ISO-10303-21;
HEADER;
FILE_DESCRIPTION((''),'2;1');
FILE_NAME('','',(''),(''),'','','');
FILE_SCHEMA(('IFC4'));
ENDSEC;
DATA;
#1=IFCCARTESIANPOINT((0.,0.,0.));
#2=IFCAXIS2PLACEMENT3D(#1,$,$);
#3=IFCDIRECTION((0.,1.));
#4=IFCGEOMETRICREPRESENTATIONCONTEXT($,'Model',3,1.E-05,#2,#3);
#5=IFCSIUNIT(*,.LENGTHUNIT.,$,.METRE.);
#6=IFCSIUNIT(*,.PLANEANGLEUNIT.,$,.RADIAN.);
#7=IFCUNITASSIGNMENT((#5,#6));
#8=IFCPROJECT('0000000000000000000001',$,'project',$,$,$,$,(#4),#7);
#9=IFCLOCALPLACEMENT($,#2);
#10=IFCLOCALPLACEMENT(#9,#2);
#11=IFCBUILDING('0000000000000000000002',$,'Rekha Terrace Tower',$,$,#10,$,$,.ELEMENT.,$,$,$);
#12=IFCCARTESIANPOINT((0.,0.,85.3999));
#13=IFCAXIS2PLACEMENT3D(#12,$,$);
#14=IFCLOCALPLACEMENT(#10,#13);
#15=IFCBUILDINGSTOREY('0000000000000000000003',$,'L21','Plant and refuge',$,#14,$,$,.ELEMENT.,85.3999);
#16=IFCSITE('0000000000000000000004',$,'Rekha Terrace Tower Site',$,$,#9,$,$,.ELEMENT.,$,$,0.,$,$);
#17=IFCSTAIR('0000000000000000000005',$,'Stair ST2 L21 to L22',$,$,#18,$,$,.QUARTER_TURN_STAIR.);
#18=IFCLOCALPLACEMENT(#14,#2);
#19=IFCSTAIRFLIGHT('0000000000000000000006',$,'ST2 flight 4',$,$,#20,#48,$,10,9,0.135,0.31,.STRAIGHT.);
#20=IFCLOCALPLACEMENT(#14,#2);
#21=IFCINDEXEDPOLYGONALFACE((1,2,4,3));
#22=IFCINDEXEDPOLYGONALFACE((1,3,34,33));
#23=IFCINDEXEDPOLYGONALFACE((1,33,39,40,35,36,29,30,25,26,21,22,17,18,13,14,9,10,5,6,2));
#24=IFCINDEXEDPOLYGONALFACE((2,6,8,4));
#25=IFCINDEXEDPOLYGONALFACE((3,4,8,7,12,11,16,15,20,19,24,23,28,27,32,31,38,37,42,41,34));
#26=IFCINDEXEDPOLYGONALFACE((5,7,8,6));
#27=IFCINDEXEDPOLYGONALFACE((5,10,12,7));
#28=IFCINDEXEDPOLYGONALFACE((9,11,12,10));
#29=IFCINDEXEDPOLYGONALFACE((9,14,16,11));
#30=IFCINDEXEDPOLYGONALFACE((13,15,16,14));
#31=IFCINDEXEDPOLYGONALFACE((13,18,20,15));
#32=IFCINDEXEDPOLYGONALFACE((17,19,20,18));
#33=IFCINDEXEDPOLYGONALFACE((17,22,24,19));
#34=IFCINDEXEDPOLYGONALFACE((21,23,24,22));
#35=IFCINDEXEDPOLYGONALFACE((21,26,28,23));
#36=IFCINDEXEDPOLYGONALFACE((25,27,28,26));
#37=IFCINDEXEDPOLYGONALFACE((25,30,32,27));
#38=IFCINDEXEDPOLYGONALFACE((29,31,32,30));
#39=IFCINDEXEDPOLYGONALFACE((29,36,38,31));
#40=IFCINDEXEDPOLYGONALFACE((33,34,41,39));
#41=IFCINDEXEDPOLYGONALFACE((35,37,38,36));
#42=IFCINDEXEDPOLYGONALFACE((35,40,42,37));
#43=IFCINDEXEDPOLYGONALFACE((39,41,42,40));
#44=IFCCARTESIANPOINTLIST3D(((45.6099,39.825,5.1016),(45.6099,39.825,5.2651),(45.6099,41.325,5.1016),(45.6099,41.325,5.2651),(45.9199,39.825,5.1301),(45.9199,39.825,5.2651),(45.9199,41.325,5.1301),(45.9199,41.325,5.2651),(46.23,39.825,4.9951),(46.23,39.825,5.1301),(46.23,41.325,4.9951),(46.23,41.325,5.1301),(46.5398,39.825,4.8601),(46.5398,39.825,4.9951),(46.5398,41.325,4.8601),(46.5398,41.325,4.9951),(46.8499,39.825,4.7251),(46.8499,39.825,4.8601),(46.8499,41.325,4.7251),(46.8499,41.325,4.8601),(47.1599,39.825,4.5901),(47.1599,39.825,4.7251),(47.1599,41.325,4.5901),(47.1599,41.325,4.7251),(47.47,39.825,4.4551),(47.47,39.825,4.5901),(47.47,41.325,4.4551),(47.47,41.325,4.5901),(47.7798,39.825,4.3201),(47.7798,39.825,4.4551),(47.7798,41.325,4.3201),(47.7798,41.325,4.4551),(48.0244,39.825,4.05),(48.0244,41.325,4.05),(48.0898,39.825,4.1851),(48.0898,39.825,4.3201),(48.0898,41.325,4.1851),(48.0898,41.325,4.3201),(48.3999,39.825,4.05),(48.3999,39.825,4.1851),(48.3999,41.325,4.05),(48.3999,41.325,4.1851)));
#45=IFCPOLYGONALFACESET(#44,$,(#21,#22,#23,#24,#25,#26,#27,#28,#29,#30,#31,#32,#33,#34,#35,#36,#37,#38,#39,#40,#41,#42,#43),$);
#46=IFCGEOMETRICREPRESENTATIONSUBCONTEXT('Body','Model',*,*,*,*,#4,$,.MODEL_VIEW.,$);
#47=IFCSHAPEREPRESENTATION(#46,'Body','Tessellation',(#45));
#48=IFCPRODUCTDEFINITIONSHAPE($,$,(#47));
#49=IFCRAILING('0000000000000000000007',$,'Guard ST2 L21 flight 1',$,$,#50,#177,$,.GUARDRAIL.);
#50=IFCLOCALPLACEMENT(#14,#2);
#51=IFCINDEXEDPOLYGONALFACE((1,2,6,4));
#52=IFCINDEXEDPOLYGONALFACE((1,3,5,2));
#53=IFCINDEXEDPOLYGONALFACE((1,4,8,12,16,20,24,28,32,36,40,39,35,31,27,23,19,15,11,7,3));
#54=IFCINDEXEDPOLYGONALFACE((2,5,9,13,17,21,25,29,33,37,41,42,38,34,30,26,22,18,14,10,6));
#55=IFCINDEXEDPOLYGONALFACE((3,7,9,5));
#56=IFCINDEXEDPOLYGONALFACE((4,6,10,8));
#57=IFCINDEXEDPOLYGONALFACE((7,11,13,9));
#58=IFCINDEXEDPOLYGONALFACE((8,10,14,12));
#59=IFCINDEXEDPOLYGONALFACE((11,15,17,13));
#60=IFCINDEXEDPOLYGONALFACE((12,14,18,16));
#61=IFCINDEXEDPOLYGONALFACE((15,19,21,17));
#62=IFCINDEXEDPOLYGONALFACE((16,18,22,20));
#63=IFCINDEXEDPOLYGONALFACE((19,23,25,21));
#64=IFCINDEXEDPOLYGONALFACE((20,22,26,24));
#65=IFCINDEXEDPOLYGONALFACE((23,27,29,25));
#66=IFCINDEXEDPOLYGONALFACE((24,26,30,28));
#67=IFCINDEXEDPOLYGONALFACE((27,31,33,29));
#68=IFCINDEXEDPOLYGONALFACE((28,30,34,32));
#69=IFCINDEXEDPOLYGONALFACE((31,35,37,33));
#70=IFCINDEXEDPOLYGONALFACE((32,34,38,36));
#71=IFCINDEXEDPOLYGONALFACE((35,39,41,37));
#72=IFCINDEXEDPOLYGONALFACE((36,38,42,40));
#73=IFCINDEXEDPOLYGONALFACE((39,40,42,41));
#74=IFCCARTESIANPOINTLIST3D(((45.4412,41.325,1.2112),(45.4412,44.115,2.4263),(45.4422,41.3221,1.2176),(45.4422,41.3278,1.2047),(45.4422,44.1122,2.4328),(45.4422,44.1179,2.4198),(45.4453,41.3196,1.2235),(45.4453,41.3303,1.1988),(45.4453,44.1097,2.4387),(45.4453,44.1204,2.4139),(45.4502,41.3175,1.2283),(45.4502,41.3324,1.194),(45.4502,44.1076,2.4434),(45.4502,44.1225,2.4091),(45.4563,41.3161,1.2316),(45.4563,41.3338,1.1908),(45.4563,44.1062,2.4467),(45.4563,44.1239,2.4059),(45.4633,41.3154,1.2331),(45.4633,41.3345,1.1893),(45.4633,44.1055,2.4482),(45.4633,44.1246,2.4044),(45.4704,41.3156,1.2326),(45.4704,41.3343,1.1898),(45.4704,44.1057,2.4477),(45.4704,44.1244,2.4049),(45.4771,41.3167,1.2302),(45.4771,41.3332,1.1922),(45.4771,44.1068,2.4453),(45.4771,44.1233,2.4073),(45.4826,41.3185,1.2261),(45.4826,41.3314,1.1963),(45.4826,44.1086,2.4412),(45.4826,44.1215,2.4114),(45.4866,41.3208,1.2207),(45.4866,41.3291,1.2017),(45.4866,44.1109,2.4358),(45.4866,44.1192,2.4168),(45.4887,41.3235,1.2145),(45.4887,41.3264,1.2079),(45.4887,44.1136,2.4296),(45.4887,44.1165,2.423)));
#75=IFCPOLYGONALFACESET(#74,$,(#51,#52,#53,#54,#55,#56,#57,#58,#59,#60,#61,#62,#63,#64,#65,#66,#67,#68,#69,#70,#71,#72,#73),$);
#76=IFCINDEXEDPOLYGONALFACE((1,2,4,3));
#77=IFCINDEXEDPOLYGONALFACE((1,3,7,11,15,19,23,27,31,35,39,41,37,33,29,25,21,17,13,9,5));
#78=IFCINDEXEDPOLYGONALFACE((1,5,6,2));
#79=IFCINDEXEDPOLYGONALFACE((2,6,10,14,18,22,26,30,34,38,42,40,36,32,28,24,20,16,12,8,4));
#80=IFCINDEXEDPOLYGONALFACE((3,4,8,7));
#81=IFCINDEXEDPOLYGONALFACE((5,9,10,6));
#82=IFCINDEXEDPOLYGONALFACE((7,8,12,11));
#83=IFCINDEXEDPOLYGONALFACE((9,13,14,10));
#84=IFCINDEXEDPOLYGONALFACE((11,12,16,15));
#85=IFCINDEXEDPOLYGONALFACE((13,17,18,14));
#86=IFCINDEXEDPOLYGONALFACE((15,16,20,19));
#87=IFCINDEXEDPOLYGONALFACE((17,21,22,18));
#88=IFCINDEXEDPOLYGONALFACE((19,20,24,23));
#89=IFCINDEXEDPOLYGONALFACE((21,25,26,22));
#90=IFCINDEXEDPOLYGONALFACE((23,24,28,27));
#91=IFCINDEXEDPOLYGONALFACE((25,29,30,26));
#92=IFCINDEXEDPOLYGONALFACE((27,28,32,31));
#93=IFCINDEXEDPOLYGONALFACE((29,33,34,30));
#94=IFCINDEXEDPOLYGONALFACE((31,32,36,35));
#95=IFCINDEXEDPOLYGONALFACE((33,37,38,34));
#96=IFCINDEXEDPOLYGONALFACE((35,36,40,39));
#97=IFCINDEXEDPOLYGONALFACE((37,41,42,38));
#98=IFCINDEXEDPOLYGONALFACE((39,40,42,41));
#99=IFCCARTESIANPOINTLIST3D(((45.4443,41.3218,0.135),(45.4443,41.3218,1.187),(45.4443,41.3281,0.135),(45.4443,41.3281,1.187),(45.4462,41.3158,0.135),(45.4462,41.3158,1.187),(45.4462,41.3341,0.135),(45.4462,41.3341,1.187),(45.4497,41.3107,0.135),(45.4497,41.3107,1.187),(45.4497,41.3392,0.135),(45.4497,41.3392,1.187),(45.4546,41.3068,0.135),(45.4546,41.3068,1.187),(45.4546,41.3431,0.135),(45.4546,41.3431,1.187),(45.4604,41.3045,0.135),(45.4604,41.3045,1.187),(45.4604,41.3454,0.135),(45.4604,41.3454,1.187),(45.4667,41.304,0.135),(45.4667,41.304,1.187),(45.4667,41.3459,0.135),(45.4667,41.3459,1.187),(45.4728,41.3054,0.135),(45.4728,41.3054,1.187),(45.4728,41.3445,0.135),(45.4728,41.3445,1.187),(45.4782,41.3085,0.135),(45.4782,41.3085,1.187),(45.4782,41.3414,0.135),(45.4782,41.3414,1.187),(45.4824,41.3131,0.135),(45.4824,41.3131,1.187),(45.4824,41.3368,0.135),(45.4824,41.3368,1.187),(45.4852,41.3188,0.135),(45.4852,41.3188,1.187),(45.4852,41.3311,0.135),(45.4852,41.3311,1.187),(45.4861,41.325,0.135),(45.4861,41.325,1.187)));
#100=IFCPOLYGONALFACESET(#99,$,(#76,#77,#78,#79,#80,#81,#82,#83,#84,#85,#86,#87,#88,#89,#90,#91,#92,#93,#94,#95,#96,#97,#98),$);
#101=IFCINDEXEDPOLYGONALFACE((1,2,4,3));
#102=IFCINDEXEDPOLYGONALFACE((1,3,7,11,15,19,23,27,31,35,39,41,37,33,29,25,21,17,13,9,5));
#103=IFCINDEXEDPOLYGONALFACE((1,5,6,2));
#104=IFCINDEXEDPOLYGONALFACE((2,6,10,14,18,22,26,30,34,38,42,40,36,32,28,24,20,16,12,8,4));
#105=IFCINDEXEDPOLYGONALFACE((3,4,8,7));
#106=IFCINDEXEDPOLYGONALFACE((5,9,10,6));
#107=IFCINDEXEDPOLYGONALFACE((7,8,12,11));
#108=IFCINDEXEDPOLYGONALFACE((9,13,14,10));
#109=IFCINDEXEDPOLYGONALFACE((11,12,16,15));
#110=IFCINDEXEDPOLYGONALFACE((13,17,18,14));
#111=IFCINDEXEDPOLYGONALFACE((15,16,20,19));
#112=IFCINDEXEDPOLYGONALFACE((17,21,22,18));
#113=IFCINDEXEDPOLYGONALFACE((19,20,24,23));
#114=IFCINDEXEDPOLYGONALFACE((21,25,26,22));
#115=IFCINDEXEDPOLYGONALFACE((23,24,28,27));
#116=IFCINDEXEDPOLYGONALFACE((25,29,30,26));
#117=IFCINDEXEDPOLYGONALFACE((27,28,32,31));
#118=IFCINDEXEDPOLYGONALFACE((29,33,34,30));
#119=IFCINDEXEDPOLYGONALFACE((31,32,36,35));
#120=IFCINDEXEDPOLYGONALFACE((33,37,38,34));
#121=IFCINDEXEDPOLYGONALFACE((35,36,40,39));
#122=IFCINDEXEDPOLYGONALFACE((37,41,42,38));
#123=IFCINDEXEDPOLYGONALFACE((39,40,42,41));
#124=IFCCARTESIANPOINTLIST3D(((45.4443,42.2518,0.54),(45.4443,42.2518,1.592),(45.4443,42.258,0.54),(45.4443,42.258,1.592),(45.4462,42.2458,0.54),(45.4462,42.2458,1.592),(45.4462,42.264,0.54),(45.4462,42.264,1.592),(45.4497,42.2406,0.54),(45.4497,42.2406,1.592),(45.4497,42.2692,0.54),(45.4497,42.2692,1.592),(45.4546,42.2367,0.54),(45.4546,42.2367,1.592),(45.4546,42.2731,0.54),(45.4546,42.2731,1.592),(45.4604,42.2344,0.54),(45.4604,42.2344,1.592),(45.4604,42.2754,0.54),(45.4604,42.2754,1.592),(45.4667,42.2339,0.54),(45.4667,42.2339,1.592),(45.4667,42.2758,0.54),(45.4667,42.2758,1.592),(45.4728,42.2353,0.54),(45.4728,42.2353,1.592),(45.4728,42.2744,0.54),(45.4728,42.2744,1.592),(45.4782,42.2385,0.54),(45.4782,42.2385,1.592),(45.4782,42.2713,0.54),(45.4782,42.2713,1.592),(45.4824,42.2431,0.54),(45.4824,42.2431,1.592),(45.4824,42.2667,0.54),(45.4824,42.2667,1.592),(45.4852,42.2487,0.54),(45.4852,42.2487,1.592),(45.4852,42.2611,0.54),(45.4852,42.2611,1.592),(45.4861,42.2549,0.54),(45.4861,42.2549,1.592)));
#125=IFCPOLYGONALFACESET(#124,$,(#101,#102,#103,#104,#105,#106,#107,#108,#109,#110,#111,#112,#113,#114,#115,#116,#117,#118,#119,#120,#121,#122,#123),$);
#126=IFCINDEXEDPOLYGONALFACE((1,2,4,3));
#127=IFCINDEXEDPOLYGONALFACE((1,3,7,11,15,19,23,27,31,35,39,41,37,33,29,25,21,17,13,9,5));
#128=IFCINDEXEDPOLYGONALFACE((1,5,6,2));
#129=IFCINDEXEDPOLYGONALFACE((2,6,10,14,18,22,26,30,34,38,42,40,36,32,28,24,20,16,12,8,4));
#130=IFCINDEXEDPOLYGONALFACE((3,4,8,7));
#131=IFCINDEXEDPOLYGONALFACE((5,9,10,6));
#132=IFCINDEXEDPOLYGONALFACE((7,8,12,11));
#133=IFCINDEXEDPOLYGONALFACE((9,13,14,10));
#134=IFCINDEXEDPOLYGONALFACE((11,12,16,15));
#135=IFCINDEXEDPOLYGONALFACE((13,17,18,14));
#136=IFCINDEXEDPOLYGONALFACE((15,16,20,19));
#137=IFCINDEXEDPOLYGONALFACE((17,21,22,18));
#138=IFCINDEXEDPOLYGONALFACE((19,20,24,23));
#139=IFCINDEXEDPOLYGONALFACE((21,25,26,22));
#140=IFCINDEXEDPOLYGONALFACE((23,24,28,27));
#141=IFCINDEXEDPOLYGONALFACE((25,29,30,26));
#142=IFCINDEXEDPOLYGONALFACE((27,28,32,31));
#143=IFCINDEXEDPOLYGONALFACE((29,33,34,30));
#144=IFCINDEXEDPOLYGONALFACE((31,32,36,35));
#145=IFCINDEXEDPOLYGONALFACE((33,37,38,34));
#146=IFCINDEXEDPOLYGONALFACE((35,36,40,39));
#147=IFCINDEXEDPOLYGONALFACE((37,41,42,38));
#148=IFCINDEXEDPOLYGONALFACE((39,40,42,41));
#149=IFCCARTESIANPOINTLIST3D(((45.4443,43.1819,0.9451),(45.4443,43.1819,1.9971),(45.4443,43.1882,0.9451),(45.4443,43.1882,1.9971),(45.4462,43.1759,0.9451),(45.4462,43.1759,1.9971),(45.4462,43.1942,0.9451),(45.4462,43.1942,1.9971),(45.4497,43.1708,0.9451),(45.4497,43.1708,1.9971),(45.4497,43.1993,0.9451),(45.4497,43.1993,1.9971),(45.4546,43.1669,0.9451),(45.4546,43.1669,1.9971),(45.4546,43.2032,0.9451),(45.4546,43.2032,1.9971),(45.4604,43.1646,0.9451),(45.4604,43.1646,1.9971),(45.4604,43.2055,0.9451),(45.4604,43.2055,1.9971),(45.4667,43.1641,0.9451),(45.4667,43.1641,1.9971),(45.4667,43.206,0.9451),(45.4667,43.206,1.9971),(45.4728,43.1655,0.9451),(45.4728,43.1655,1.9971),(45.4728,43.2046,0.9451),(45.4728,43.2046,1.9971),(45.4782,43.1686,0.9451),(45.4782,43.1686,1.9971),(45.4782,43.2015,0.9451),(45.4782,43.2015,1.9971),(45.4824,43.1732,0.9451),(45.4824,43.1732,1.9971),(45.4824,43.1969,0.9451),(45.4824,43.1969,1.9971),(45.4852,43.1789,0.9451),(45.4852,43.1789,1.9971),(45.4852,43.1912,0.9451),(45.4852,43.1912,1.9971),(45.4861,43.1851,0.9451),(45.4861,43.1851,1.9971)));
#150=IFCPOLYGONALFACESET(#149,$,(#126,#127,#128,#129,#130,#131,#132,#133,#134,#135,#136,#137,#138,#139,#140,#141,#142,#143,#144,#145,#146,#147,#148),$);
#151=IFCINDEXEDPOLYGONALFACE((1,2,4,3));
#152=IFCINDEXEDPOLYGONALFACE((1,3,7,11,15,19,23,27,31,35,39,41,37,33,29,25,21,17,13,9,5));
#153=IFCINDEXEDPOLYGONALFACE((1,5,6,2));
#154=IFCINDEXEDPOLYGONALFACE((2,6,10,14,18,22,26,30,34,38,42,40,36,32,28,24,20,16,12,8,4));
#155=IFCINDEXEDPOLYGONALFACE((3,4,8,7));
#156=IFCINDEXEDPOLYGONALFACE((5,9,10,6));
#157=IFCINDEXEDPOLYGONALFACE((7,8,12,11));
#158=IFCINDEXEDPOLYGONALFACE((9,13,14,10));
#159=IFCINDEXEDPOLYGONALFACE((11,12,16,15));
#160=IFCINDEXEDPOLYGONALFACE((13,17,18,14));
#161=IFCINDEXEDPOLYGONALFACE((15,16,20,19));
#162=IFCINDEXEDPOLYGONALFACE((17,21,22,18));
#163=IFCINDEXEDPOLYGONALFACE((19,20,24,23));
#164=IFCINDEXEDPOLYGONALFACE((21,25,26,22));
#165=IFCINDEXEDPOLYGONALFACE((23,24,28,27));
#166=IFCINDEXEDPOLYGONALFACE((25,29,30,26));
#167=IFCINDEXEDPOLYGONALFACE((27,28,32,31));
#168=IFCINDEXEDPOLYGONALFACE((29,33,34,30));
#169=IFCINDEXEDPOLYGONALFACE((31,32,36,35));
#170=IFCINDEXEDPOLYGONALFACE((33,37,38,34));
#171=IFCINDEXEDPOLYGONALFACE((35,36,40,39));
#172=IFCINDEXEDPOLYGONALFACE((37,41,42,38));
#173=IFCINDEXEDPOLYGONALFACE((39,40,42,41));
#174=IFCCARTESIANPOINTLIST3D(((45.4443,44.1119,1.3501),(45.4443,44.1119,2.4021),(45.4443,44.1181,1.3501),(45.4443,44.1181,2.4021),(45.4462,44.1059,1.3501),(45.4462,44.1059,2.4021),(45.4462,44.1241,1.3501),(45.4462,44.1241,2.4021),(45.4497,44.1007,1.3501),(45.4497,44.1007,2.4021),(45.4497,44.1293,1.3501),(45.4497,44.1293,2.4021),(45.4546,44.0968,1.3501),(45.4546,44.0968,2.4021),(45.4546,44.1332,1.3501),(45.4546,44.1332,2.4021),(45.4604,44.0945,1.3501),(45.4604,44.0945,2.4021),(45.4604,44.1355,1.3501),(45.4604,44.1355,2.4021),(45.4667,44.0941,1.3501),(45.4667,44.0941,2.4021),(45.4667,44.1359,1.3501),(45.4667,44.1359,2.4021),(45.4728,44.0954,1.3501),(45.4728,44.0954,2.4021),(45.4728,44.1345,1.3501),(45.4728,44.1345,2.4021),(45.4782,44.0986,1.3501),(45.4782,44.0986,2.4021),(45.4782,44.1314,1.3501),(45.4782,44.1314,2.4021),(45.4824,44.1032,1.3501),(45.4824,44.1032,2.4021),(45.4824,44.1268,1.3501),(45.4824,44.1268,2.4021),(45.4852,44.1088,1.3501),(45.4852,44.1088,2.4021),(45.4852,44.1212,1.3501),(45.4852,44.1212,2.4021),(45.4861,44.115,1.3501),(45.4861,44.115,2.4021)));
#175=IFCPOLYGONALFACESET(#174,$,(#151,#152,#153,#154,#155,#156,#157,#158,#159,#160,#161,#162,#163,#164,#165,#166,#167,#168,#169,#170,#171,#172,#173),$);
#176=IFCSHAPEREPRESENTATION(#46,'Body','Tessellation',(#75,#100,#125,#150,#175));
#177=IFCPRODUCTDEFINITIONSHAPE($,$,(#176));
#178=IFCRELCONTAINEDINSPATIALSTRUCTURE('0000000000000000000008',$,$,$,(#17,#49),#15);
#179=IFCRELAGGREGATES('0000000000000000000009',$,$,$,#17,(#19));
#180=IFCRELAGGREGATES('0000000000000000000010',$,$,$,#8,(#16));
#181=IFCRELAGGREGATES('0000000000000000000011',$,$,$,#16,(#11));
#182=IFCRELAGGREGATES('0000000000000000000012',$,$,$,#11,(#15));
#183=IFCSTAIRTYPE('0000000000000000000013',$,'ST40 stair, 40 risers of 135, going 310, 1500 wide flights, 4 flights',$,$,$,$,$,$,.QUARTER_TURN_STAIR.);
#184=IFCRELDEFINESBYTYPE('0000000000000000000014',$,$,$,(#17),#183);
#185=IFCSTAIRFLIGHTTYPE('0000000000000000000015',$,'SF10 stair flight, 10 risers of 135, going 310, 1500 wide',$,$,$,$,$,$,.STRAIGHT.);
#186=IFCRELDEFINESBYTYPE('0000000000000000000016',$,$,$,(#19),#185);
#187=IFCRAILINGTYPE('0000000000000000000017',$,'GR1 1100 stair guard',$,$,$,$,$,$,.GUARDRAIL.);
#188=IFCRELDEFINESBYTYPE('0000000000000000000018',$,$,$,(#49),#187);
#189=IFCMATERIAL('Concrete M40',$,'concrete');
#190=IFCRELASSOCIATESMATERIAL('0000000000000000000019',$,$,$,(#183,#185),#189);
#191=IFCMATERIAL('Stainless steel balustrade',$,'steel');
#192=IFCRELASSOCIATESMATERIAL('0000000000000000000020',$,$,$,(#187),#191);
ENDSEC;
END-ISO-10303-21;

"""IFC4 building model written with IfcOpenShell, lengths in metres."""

from ifc_helpers import new_model, si_unit, direction, frame, origin, origin_2d, place, context, subcontext, project, spatial, polyline, circle, outline, extrude, material, type_object, element, aggregate, save


model = new_model("IFC4")

# Units and contexts
model_context = context("Model", 3, precision=1e-05, world=origin(), true_north=direction((0.0, 1.0)))
body_context = subcontext(model_context, "Body", "Model", "MODEL_VIEW")
ifc_project = project(units=[si_unit("LENGTHUNIT", "METRE"), si_unit("PLANEANGLEUNIT", "RADIAN")], contexts=[model_context])

# Site, building, storey
site_placement = place(None, origin())
site = spatial("IfcSite", under=ifc_project, at=site_placement, Name="Rekha Terrace Tower Site", CompositionType="ELEMENT", RefElevation=0.0)
building_placement = place(site_placement, origin())
building = spatial("IfcBuilding", under=site, at=building_placement, Name="Rekha Terrace Tower", CompositionType="ELEMENT")
storey_placement = place(building_placement, frame((0.0, 0.0, 85.3999)))
storey = spatial("IfcBuildingStorey", under=building, at=storey_placement, Name="L21", Description="Plant and refuge", CompositionType="ELEMENT", Elevation=85.3999)

# Stair, stair flight
ifc_material_1 = material(Name="Concrete M40", Category="concrete")
stair_type = type_object("IfcStairType", Name="ST40 stair, 40 risers of 135, going 310, 1500 wide flights, 4 flights", PredefinedType="QUARTER_TURN_STAIR", material=ifc_material_1)
stair_placement = place(storey_placement, origin())
stair = element("IfcStair", 1, at=stair_placement, inside=storey, type_object=stair_type, Name="Stair ST2 L21 to L22", PredefinedType="QUARTER_TURN_STAIR")
stair_flight_type = type_object("IfcStairFlightType", Name="SF10 stair flight, 10 risers of 135, going 310, 1500 wide", PredefinedType="STRAIGHT", material=ifc_material_1)
stair_flight_1_placement = place(storey_placement, frame((48.3999, 40.575, 4.05), z_axis=(0.0, 0.0, 1.0), x_axis=(-1.0, 0.0, 0.0)))
stair_flight_1 = element("IfcStairFlight", 2, at=stair_flight_1_placement, type_object=stair_flight_type, Name="ST2 flight 4", NumberOfRisers=10, NumberOfTreads=9, PredefinedType="STRAIGHT", RiserHeight=0.135, TreadLength=0.31, context=body_context, shape_type="SweptSolid", body=[
    extrude(outline(polyline([(0.0, 0.0), (0.0, 0.135), (0.3101, 0.135), (0.3101, 0.27), (0.6201, 0.27), (0.6201, 0.405), (0.9299, 0.405), (0.9299, 0.54), (1.24, 0.54), (1.24, 0.675), (1.55, 0.675), (1.55, 0.8101), (1.8601, 0.8101), (1.8601, 0.9451), (2.1699, 0.9451), (2.1699, 1.0801), (2.48, 1.0801), (2.48, 1.2151), (2.79, 1.2151), (2.79, 1.3501), (2.79, 1.0515), (0.3755, 0.0), (0.0, 0.0)])), frame((0.0, 0.75, 0.0), z_axis=(0.0, -1.0, 0.0), x_axis=(1.0, 0.0, 0.0)), (0.0, 0.0, 1.0), 1.5),
])
aggregate(stair, [stair_flight_1])

# Railing
ifc_material_2 = material(Name="Stainless steel balustrade", Category="steel")
railing_type_1 = type_object("IfcRailingType", Name="GR1 1100 stair guard", PredefinedType="GUARDRAIL", material=ifc_material_2)
railing_1_placement = place(storey_placement, frame((45.4651, 41.325, 0.135)))
element("IfcRailing", 3, at=railing_1_placement, inside=storey, type_object=railing_type_1, Name="Guard ST2 L21 flight 1", PredefinedType="GUARDRAIL", context=body_context, shape_type="SweptSolid", body=[
    extrude(circle(Radius=0.0239, at=origin_2d()), frame((0.0, 0.0, 1.0762), z_axis=(0.0, 0.916826, 0.399286), x_axis=(-1.0, 0.0, 0.0)), (0.0, 0.0, 1.0), 3.0432),
    extrude(circle(Radius=0.021, at=origin_2d()), origin(), (0.0, 0.0, 1.0), 1.052),
    extrude(circle(Radius=0.021, at=origin_2d()), frame((0.0, 0.9299, 0.405)), (0.0, 0.0, 1.0), 1.052),
    extrude(circle(Radius=0.021, at=origin_2d()), frame((0.0, 1.8601, 0.8101)), (0.0, 0.0, 1.0), 1.052),
    extrude(circle(Radius=0.021, at=origin_2d()), frame((0.0, 2.79, 1.2151)), (0.0, 0.0, 1.0), 1.052),
])

save(model, "model.ifc")
